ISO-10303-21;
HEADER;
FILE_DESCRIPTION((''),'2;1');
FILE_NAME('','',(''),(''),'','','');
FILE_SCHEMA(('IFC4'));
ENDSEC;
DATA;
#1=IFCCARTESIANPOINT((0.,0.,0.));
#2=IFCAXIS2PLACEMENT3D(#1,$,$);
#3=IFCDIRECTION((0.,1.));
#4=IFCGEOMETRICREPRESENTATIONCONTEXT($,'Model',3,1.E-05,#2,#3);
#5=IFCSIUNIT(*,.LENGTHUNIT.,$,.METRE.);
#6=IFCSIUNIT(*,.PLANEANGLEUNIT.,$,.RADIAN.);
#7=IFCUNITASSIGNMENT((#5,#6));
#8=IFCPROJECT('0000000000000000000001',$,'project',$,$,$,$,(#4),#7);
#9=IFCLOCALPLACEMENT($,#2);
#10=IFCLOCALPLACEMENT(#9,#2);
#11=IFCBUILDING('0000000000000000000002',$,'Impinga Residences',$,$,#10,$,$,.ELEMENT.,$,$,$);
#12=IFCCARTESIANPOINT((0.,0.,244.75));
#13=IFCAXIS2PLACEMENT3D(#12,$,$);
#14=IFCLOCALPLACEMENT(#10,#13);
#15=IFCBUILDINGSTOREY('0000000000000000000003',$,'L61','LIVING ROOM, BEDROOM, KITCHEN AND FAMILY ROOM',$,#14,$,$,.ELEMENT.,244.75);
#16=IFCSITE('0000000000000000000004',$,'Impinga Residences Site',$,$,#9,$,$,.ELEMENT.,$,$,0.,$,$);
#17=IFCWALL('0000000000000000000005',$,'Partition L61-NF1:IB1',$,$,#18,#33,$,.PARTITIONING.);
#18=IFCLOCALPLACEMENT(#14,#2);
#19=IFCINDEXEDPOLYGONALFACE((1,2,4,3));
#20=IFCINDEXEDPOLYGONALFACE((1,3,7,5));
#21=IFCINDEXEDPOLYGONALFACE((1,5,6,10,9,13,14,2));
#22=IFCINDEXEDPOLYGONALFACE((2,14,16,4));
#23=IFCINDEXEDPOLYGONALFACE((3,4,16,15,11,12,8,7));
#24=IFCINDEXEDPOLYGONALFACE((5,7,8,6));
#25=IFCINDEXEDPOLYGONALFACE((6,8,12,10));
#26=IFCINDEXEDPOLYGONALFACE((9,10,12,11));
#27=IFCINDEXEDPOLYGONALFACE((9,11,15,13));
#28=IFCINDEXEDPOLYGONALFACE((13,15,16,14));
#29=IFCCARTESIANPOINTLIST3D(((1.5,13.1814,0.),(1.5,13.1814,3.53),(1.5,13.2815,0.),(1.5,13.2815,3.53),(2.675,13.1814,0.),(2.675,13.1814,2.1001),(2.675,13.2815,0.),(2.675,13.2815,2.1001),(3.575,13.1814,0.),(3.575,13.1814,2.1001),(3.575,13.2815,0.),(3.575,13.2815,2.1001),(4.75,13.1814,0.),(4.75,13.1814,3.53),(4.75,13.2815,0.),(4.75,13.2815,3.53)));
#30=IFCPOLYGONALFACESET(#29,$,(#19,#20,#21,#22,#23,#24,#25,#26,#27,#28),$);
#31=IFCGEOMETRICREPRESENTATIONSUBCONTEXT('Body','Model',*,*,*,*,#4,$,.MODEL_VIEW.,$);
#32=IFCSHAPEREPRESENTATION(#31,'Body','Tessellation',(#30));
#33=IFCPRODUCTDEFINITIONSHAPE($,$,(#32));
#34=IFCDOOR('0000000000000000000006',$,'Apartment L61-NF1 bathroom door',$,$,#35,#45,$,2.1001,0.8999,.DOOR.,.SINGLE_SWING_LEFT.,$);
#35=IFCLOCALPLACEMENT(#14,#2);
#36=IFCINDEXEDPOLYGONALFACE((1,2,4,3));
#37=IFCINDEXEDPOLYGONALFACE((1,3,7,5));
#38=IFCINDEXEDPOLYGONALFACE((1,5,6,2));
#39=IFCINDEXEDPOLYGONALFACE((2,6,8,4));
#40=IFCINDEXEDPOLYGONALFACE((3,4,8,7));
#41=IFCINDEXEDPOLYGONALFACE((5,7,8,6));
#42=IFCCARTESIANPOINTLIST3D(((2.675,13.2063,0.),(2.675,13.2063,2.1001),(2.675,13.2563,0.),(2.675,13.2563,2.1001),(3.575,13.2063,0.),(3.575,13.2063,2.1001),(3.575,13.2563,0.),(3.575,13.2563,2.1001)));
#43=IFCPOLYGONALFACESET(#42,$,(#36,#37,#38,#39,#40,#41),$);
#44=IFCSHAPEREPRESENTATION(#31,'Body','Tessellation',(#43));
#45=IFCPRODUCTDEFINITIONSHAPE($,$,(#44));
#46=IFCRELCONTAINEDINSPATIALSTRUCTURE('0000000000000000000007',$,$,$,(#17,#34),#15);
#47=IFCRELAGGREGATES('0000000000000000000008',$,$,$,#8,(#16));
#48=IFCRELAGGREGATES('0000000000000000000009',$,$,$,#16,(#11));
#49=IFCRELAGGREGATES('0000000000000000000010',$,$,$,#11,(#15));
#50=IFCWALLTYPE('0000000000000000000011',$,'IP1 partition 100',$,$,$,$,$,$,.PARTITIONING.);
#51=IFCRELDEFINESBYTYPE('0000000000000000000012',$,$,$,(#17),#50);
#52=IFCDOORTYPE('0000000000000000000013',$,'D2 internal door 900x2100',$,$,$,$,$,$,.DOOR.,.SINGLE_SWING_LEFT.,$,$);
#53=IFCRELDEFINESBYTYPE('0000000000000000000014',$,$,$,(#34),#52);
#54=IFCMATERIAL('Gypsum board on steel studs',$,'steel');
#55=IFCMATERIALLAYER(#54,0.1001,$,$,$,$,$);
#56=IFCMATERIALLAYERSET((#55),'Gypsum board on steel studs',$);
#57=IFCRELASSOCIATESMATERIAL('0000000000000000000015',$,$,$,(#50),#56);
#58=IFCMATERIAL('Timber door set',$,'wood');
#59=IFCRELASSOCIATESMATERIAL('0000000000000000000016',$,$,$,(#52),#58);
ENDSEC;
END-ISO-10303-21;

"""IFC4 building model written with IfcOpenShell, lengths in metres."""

from ifc_helpers import new_model, si_unit, direction, frame, frame_2d, origin, place, context, subcontext, project, spatial, rectangle, extrude, material, layer, layer_set, type_object, element, fill, save


model = new_model("IFC4")

# Units and contexts
model_context = context("Model", 3, precision=1e-05, world=origin(), true_north=direction((0.0, 1.0)))
body_context = subcontext(model_context, "Body", "Model", "MODEL_VIEW")
ifc_project = project(units=[si_unit("LENGTHUNIT", "METRE"), si_unit("PLANEANGLEUNIT", "RADIAN")], contexts=[model_context])

# Site, building, storey
site_placement = place(None, origin())
site = spatial("IfcSite", under=ifc_project, at=site_placement, Name="Impinga Residences Site", CompositionType="ELEMENT", RefElevation=0.0)
building_placement = place(site_placement, origin())
building = spatial("IfcBuilding", under=site, at=building_placement, Name="Impinga Residences", CompositionType="ELEMENT")
storey_placement = place(building_placement, frame((0.0, 0.0, 244.75)))
storey = spatial("IfcBuildingStorey", under=building, at=storey_placement, Name="L61", Description="LIVING ROOM, BEDROOM, KITCHEN AND FAMILY ROOM", CompositionType="ELEMENT", Elevation=244.75)

# Shared definitions
ifc_material_1 = material(Name="Timber door set", Category="wood")

# Shared definitions
ifc_material_2 = material(Name="Gypsum board on steel studs", Category="steel")
ifc_layer_1 = layer(ifc_material_2, 0.1001)
ifc_layer_set_1 = layer_set([ifc_layer_1], Name="Gypsum board on steel studs")
wall_type_1 = type_object("IfcWallType", Name="IP1 partition 100", PredefinedType="PARTITIONING", material=ifc_layer_set_1)

# Shared definitions
door_type_1 = type_object("IfcDoorType", Name="D2 internal door 900x2100", OperationType="SINGLE_SWING_LEFT", PredefinedType="DOOR", material=ifc_material_1)

# Wall, opening, door
wall_1_placement = place(storey_placement, frame((1.5, 13.2314, 0.0), z_axis=(0.0, 0.0, 1.0), x_axis=(1.0, 0.0, 0.0)))
wall_1 = element("IfcWall", 1, at=wall_1_placement, inside=storey, type_object=wall_type_1, Name="Partition L61-NF1:IB1", PredefinedType="PARTITIONING", context=body_context, shape_type="SweptSolid", body=[
    extrude(rectangle(XDim=3.25, YDim=0.1001, at=frame_2d((1.625, 0.0))), origin(), (0.0, 0.0, 1.0), 3.53),
])
opening_1_placement = place(wall_1_placement, frame((1.175, 0.0, 0.0)))
opening_1 = element("IfcOpeningElement", 2, at=opening_1_placement, cuts=wall_1, PredefinedType="OPENING", context=body_context, shape_type="SweptSolid", body=[
    extrude(rectangle(XDim=0.8999, YDim=2.1001, at=frame_2d((0.45, 1.05))), frame((0.0, 0.0601, 0.0), z_axis=(0.0, -1.0, 0.0), x_axis=(1.0, 0.0, 0.0)), (0.0, 0.0, 1.0), 0.1201),
])
door_1_placement = place(opening_1_placement, origin())
door_1 = element("IfcDoor", 3, at=door_1_placement, inside=storey, type_object=door_type_1, Name="Apartment L61-NF1 bathroom door", OperationType="SINGLE_SWING_LEFT", OverallHeight=2.1001, OverallWidth=0.8999, PredefinedType="DOOR", context=body_context, shape_type="SweptSolid", body=[
    extrude(rectangle(XDim=0.8999, YDim=2.1001, at=frame_2d((0.45, 1.05))), frame((0.0, 0.0249, 0.0), z_axis=(0.0, -1.0, 0.0), x_axis=(1.0, 0.0, 0.0)), (0.0, 0.0, 1.0), 0.05),
])
fill(opening_1, door_1)

save(model, "model.ifc")
